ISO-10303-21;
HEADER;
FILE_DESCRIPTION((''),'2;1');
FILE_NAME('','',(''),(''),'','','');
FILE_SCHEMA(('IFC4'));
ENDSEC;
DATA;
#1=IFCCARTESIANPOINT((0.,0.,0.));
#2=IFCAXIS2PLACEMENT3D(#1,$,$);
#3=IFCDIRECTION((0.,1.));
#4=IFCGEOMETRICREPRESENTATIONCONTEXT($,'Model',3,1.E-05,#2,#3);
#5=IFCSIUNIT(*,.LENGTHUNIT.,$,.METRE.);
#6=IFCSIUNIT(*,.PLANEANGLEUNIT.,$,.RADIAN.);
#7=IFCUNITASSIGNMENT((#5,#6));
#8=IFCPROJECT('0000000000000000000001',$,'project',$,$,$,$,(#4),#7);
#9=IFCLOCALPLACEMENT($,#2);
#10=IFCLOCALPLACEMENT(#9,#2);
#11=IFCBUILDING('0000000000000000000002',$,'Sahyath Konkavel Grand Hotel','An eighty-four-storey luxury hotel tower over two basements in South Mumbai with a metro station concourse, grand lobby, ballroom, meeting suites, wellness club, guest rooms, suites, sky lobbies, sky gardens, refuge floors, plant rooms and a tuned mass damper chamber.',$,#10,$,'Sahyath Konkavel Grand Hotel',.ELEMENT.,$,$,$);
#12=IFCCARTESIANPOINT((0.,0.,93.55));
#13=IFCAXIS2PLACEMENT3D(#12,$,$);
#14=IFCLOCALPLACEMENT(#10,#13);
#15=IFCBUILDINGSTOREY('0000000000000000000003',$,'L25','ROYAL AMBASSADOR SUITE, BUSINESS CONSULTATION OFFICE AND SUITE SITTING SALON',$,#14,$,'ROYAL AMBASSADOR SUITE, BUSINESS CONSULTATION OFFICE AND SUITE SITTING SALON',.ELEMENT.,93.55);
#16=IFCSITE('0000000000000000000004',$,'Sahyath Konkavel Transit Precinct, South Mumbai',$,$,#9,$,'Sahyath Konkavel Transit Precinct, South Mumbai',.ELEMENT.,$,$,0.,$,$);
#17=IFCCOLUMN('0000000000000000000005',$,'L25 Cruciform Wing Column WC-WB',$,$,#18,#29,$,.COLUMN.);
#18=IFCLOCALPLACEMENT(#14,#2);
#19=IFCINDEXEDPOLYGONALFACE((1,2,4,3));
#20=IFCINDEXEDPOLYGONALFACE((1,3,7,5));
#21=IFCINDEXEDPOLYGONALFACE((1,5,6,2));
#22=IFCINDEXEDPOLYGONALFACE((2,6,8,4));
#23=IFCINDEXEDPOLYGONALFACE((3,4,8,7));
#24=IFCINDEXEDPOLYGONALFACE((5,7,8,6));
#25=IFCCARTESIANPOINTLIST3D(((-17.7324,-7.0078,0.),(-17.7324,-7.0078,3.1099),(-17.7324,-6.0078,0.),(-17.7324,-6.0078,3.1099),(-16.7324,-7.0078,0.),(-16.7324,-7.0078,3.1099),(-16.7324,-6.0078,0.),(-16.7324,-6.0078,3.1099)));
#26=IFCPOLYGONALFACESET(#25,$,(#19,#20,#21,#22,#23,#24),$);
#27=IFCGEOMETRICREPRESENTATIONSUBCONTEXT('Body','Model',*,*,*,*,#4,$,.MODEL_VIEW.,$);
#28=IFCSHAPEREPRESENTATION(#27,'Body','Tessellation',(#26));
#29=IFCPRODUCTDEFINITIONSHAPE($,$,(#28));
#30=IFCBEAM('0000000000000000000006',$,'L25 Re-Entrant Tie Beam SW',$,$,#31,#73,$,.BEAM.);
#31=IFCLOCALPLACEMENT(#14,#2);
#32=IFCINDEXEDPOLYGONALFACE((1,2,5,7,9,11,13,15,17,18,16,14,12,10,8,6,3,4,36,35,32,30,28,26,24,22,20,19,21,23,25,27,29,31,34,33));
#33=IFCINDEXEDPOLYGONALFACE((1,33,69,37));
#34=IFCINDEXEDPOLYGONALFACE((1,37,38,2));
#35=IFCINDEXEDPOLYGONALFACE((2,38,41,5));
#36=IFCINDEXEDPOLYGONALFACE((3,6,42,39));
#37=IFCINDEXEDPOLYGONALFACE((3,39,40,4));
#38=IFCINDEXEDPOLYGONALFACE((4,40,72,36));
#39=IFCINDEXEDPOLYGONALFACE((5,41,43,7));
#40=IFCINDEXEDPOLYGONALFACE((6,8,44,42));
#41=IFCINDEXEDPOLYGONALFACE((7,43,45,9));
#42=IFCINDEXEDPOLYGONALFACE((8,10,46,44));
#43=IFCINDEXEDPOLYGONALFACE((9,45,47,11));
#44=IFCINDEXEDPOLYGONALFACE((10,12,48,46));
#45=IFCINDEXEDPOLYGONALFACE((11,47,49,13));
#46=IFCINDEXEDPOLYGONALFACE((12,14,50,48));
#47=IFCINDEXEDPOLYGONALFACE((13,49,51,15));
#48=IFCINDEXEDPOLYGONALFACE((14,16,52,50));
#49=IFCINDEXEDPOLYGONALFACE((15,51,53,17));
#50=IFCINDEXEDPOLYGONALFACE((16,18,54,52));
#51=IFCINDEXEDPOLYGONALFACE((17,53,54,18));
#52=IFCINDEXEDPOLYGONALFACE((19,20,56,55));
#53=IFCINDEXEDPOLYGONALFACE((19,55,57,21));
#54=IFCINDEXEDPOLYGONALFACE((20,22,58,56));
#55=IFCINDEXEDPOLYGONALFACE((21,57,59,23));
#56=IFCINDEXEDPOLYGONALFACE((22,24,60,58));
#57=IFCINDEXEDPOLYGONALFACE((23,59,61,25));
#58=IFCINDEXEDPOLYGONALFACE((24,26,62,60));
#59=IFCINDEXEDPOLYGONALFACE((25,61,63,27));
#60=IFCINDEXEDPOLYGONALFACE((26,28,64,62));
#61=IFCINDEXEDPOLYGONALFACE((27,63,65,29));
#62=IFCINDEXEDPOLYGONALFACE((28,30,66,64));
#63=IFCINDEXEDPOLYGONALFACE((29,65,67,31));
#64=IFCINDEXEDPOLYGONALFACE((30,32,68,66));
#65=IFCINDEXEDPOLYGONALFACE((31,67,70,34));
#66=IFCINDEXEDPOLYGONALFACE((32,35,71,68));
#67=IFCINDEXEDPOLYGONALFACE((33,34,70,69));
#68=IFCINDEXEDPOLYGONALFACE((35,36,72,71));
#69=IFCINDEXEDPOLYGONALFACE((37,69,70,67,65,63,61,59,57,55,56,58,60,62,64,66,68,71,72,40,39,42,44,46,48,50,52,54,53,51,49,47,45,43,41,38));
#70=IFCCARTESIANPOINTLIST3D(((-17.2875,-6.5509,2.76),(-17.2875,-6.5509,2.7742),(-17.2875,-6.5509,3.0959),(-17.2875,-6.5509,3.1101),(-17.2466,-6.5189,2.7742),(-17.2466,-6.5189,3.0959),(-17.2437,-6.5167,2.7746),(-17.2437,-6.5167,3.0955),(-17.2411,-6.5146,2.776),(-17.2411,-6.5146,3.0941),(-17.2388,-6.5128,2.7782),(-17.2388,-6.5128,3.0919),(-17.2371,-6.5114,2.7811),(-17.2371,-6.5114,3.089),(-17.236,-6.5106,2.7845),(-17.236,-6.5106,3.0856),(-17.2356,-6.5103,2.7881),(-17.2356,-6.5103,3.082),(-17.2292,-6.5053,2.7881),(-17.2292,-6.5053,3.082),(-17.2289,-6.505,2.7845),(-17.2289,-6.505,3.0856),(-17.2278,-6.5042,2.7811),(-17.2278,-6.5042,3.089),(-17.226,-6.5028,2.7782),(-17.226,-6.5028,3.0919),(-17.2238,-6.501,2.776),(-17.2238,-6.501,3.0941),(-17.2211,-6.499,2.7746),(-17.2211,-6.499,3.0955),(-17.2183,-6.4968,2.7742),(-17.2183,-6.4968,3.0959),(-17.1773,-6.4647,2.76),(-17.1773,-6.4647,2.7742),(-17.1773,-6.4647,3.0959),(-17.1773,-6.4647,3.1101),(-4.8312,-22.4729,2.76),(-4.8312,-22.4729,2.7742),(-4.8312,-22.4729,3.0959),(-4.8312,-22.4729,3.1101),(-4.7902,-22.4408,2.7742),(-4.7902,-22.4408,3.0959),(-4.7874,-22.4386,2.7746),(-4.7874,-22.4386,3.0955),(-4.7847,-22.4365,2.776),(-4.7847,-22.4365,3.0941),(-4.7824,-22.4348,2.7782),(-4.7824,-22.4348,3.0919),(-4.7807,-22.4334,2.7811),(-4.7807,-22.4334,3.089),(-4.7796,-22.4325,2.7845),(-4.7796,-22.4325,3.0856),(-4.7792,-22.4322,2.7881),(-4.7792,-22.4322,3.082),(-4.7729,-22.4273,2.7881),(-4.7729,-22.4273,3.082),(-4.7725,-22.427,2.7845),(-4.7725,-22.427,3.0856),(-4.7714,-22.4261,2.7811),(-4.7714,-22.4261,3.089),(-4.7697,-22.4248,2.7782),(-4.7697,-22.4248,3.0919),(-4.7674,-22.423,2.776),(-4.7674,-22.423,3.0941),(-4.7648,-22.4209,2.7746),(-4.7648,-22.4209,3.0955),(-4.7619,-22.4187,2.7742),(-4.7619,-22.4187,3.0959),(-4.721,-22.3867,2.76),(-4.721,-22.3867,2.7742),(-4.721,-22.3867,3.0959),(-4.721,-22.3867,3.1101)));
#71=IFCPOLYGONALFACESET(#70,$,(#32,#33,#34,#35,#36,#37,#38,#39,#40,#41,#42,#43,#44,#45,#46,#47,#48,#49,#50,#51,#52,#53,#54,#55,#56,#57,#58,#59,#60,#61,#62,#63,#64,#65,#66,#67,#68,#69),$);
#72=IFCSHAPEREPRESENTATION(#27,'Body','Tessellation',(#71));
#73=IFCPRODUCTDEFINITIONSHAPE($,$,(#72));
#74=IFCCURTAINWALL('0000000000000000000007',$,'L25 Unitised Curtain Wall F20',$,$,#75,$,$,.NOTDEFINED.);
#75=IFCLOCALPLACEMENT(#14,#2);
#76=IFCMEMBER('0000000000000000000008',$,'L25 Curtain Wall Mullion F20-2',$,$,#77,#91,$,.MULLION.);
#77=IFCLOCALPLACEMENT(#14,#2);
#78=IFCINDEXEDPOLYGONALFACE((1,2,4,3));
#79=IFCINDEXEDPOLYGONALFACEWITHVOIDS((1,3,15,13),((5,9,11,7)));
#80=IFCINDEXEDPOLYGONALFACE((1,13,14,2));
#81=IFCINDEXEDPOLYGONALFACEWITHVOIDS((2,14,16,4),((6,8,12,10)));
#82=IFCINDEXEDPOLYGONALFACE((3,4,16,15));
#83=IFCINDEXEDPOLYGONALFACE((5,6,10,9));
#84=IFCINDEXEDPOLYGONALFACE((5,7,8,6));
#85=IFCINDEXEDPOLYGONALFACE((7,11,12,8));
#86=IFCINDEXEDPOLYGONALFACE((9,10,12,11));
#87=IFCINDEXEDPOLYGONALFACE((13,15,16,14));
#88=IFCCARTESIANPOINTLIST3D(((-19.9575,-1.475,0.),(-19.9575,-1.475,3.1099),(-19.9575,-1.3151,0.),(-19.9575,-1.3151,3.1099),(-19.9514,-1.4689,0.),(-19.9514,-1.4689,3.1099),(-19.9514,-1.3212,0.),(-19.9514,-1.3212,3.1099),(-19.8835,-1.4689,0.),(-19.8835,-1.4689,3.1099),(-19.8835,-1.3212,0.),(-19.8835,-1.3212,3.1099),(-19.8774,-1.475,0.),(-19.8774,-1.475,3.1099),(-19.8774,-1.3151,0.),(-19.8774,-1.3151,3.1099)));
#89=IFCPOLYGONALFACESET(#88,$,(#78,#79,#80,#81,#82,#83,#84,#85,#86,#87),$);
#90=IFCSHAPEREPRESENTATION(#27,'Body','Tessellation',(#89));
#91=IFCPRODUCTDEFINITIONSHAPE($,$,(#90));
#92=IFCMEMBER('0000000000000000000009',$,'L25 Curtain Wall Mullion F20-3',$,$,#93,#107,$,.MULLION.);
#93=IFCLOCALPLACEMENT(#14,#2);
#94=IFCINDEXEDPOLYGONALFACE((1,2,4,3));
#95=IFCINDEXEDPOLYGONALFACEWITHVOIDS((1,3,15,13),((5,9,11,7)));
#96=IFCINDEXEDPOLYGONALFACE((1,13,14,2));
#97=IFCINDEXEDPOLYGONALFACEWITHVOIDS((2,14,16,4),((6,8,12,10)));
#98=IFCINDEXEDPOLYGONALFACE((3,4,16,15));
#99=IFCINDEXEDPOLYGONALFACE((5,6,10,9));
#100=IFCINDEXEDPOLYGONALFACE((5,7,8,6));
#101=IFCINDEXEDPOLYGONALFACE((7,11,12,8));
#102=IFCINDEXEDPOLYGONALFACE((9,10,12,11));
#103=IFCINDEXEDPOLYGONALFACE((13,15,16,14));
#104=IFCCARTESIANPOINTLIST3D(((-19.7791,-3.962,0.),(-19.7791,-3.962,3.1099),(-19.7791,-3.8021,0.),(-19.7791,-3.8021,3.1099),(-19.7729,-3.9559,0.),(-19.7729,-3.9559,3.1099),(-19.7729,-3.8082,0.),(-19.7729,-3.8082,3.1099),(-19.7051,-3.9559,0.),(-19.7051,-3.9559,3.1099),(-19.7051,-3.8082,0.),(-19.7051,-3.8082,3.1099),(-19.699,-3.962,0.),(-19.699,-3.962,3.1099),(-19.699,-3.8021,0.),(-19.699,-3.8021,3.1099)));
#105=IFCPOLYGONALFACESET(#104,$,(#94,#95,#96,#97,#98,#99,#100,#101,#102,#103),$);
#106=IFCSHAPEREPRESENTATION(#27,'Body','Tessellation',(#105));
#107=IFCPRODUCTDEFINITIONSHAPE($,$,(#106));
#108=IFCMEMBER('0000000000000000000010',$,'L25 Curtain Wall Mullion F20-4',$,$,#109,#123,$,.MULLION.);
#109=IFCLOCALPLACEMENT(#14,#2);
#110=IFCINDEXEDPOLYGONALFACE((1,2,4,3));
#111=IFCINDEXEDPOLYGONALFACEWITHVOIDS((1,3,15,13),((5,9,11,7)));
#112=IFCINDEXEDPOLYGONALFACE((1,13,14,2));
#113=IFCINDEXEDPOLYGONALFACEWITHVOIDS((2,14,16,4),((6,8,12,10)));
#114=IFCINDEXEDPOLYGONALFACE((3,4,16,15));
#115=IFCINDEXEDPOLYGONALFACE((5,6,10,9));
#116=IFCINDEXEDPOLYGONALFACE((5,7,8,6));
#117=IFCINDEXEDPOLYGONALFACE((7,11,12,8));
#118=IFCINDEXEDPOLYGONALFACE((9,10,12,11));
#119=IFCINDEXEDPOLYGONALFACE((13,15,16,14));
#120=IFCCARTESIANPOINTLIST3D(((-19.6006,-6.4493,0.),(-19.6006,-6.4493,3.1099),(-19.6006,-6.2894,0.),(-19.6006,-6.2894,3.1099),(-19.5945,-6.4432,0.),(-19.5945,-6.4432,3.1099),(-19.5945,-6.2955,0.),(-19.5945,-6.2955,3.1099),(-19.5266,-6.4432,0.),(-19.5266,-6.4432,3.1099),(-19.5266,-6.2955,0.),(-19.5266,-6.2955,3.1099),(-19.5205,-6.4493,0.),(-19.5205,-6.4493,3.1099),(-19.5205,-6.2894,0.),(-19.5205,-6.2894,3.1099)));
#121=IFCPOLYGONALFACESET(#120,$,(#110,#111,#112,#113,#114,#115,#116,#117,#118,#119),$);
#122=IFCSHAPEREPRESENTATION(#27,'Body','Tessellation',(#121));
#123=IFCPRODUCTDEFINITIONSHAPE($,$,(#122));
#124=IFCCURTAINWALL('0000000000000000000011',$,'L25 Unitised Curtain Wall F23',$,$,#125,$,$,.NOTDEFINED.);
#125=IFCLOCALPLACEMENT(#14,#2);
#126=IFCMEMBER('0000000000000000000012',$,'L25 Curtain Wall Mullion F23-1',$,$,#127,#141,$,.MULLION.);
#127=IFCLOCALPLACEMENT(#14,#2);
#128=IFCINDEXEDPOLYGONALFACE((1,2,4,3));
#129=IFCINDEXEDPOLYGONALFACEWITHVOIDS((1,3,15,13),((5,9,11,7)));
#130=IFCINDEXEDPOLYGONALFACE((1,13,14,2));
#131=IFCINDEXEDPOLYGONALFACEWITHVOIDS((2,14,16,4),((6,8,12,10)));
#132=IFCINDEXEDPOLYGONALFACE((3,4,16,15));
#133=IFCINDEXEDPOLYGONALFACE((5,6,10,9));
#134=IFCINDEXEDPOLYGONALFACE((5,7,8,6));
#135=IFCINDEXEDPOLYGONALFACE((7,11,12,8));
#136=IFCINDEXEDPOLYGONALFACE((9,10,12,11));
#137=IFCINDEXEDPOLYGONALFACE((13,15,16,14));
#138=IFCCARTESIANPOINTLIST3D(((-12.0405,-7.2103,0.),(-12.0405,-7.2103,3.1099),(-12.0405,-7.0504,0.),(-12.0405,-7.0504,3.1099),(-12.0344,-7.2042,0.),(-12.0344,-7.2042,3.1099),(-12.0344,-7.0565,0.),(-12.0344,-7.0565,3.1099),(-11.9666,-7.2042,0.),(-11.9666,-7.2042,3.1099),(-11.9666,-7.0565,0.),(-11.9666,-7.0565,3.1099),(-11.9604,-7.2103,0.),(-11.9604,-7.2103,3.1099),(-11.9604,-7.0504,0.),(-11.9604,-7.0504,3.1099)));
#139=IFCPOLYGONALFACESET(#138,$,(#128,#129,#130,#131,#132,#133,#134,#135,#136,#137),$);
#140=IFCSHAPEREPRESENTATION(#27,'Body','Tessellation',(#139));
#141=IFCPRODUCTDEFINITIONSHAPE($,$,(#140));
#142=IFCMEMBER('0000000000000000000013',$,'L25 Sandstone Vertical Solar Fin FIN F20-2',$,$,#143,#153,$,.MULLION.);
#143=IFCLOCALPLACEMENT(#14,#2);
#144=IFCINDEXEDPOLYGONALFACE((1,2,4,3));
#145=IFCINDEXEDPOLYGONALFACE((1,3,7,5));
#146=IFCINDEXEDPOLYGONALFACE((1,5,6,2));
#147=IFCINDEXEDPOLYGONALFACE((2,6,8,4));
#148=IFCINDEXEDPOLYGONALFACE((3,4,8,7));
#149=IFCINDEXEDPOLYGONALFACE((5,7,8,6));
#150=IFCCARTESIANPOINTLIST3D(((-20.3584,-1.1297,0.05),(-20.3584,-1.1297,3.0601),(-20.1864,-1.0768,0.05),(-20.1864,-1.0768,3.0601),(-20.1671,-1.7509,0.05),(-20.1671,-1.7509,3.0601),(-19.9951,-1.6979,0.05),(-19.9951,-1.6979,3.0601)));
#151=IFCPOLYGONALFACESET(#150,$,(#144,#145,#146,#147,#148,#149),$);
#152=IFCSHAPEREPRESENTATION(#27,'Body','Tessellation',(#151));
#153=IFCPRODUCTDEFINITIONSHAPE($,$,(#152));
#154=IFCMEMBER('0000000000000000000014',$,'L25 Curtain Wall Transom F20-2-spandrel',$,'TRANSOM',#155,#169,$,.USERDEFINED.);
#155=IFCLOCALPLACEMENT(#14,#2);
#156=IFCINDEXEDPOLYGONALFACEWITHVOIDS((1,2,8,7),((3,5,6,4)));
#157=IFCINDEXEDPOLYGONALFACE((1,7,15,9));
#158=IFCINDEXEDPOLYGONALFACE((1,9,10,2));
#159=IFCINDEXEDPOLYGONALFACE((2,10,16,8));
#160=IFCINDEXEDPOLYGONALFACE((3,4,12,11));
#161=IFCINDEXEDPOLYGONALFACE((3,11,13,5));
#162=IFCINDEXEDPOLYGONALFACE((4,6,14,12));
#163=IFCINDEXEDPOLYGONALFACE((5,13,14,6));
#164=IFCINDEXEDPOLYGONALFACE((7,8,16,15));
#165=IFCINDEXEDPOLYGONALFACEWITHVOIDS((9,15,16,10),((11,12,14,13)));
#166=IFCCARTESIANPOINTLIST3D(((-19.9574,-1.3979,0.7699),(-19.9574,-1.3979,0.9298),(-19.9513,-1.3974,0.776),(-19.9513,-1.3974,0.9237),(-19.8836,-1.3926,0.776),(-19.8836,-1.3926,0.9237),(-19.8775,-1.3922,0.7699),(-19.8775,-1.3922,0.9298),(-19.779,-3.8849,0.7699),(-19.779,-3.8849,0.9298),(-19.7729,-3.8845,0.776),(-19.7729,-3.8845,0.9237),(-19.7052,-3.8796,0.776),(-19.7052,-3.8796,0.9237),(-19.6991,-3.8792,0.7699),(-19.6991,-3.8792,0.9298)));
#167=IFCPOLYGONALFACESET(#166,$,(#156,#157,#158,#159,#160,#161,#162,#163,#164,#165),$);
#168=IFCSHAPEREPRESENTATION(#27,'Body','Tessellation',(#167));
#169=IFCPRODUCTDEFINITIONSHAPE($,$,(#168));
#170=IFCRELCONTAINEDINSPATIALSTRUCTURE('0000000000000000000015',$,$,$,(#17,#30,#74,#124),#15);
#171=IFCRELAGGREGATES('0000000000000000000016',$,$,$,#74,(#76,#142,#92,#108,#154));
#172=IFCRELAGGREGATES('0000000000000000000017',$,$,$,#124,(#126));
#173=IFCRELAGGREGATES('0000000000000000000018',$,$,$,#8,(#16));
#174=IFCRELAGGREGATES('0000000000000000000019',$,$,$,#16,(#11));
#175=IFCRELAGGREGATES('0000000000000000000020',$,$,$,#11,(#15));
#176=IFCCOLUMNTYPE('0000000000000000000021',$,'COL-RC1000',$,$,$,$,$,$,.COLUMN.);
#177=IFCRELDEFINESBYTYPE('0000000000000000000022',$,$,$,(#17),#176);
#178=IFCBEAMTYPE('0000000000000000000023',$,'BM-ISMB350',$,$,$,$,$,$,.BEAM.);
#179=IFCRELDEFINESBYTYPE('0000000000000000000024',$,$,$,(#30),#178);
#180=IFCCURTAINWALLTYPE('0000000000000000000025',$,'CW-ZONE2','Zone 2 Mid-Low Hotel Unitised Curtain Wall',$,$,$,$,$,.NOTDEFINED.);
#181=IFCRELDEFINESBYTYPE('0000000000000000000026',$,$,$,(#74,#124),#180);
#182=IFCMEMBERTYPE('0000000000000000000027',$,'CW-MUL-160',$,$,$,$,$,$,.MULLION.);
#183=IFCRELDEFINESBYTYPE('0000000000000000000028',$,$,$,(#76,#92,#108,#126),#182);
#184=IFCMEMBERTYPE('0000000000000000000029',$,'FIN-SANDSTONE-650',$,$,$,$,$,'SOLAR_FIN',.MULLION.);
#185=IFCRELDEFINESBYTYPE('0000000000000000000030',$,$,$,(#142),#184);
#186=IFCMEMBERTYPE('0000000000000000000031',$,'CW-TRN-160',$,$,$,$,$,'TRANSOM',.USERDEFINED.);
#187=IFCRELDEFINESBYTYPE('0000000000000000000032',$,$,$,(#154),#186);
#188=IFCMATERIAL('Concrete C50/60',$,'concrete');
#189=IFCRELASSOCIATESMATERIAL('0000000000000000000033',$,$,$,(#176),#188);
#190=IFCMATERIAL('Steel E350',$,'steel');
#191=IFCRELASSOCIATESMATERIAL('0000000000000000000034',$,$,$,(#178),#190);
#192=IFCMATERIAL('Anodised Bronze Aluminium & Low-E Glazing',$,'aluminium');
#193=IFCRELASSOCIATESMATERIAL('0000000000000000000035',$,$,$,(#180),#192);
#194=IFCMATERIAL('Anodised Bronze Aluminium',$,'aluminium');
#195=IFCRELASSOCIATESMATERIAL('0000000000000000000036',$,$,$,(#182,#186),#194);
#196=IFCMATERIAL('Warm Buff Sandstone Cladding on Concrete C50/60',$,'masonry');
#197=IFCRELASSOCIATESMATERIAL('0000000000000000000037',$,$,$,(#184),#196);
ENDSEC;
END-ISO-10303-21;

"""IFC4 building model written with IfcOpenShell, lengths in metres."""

from ifc_helpers import new_model, si_unit, direction, frame, origin, origin_2d, place, context, subcontext, project, spatial, rectangle, hollow_rectangle, i_section, extrude, source, transform, mapped, material, material_profile, profile_set, type_object, element, aggregate, save


model = new_model("IFC4")

# Units and contexts
model_context = context("Model", 3, precision=1e-05, world=origin(), true_north=direction((0.0, 1.0)))
body_context = subcontext(model_context, "Body", "Model", "MODEL_VIEW")
ifc_project = project(units=[si_unit("LENGTHUNIT", "METRE"), si_unit("PLANEANGLEUNIT", "RADIAN")], contexts=[model_context])

# Site, building, storey
site_placement = place(None, origin())
site = spatial("IfcSite", under=ifc_project, at=site_placement, Name="Sahyath Konkavel Transit Precinct, South Mumbai", LongName="Sahyath Konkavel Transit Precinct, South Mumbai", CompositionType="ELEMENT", RefElevation=0.0)
building_placement = place(site_placement, origin())
building = spatial("IfcBuilding", under=site, at=building_placement, Name="Sahyath Konkavel Grand Hotel", Description="An eighty-four-storey luxury hotel tower over two basements in South Mumbai with a metro station concourse, grand lobby, ballroom, meeting suites, wellness club, guest rooms, suites, sky lobbies, sky gardens, refuge floors, plant rooms and a tuned mass damper chamber.", LongName="Sahyath Konkavel Grand Hotel", CompositionType="ELEMENT")
storey_placement = place(building_placement, frame((0.0, 0.0, 93.55)))
storey = spatial("IfcBuildingStorey", under=building, at=storey_placement, Name="L25", Description="ROYAL AMBASSADOR SUITE, BUSINESS CONSULTATION OFFICE AND SUITE SITTING SALON", LongName="ROYAL AMBASSADOR SUITE, BUSINESS CONSULTATION OFFICE AND SUITE SITTING SALON", CompositionType="ELEMENT", Elevation=93.55)

# Column
ifc_material_1 = material(Name="Concrete C50/60", Category="concrete")
ifc_material_profile_1 = material_profile(ifc_material_1, rectangle(XDim=1.0, YDim=1.0, at=origin_2d()), Name="RC 1000x1000")
ifc_profile_set_1 = profile_set([ifc_material_profile_1], Name="Concrete C50/60")
column_type = type_object("IfcColumnType", Name="COL-RC1000", PredefinedType="COLUMN", material=ifc_profile_set_1)
shared_shape_1 = source(origin(), body_context, "Body", "SweptSolid", [
    extrude(rectangle(XDim=1.0, YDim=1.0, at=origin_2d()), origin(), (0.0, 0.0, 1.0), 3.1099),
])
column_placement = place(storey_placement, frame((-17.2324, -6.5078, 0.0), z_axis=(0.0, 0.0, 1.0), x_axis=(1.0, 0.0, 0.0)))
element("IfcColumn", 1, at=column_placement, inside=storey, type_object=column_type, Name="L25 Cruciform Wing Column WC-WB", PredefinedType="COLUMN", context=body_context, shape_type="MappedRepresentation", body=[
    mapped(shared_shape_1, transform((0.0, 0.0, 0.0), scale=1.0)),
])

# Beam
ifc_material_2 = material(Name="Steel E350", Category="steel")
ifc_material_profile_2 = material_profile(ifc_material_2, i_section(OverallWidth=0.1399, OverallDepth=0.3501, WebThickness=0.0081, FlangeThickness=0.0142, FilletRadius=0.0139, at=origin_2d()), Name="ISMB 350")
ifc_profile_set_2 = profile_set([ifc_material_profile_2], Name="Steel E350")
beam_type_1 = type_object("IfcBeamType", Name="BM-ISMB350", PredefinedType="BEAM", material=ifc_profile_set_2)
shared_shape_2 = source(origin(), body_context, "Body", "SweptSolid", [
    extrude(i_section(OverallWidth=0.1399, OverallDepth=0.3501, WebThickness=0.0081, FlangeThickness=0.0142, FilletRadius=0.0139, at=origin_2d()), origin(), (0.0, 0.0, 1.0), 20.2156),
])
beam_1_placement = place(storey_placement, frame((-17.2324, -6.5078, 2.9351), z_axis=(0.616176, -0.787608, 0.0), x_axis=(0.787608, 0.616176, 0.0)))
element("IfcBeam", 2, at=beam_1_placement, inside=storey, type_object=beam_type_1, Name="L25 Re-Entrant Tie Beam SW", PredefinedType="BEAM", context=body_context, shape_type="MappedRepresentation", body=[
    mapped(shared_shape_2, transform((0.0, 0.0, 0.0), scale=1.0)),
])

# Curtain wall, members
ifc_material_3 = material(Name="Anodised Bronze Aluminium & Low-E Glazing", Category="aluminium")
curtain_wall_type = type_object("IfcCurtainWallType", Name="CW-ZONE2", Description="Zone 2 Mid-Low Hotel Unitised Curtain Wall", PredefinedType="NOTDEFINED", material=ifc_material_3)
curtain_wall_1_placement = place(storey_placement, origin())
curtain_wall_1 = element("IfcCurtainWall", 3, at=curtain_wall_1_placement, inside=storey, type_object=curtain_wall_type, Name="L25 Unitised Curtain Wall F20", PredefinedType="NOTDEFINED")
ifc_material_4 = material(Name="Anodised Bronze Aluminium", Category="aluminium")
ifc_material_profile_3 = material_profile(ifc_material_4, hollow_rectangle(XDim=0.0801, YDim=0.1599, WallThickness=0.0061, at=origin_2d()), Name="RHS 160x80x6")
ifc_profile_set_3 = profile_set([ifc_material_profile_3], Name="Anodised Bronze Aluminium")
member_type_1 = type_object("IfcMemberType", Name="CW-MUL-160", PredefinedType="MULLION", material=ifc_profile_set_3)
shared_shape_3 = source(origin(), body_context, "Body", "SweptSolid", [
    extrude(hollow_rectangle(XDim=0.0801, YDim=0.1599, WallThickness=0.0061, at=origin_2d()), origin(), (0.0, 0.0, 1.0), 3.1099),
])
member_1_placement = place(storey_placement, frame((-19.9175, -1.395, 0.0), z_axis=(0.0, 0.0, 1.0), x_axis=(1.0, 0.0, 0.0)))
member_1 = element("IfcMember", 4, at=member_1_placement, type_object=member_type_1, Name="L25 Curtain Wall Mullion F20-2", PredefinedType="MULLION", context=body_context, shape_type="MappedRepresentation", body=[
    mapped(shared_shape_3, transform((0.0, 0.0, 0.0), scale=1.0)),
])
member_2_placement = place(storey_placement, frame((-19.739, -3.8821, 0.0), z_axis=(0.0, 0.0, 1.0), x_axis=(1.0, 0.0, 0.0)))
member_2 = element("IfcMember", 5, at=member_2_placement, type_object=member_type_1, Name="L25 Curtain Wall Mullion F20-3", PredefinedType="MULLION", context=body_context, shape_type="MappedRepresentation", body=[
    mapped(shared_shape_3, transform((0.0, 0.0, 0.0), scale=1.0)),
])
member_3_placement = place(storey_placement, frame((-19.5605, -6.3694, 0.0), z_axis=(0.0, 0.0, 1.0), x_axis=(1.0, 0.0, 0.0)))
member_3 = element("IfcMember", 6, at=member_3_placement, type_object=member_type_1, Name="L25 Curtain Wall Mullion F20-4", PredefinedType="MULLION", context=body_context, shape_type="MappedRepresentation", body=[
    mapped(shared_shape_3, transform((0.0, 0.0, 0.0), scale=1.0)),
])

# Curtain wall, member
curtain_wall_2_placement = place(storey_placement, origin())
curtain_wall_2 = element("IfcCurtainWall", 7, at=curtain_wall_2_placement, inside=storey, type_object=curtain_wall_type, Name="L25 Unitised Curtain Wall F23", PredefinedType="NOTDEFINED")
member_4_placement = place(storey_placement, frame((-12.0005, -7.1304, 0.0), z_axis=(0.0, 0.0, 1.0), x_axis=(1.0, 0.0, 0.0)))
member_4 = element("IfcMember", 8, at=member_4_placement, type_object=member_type_1, Name="L25 Curtain Wall Mullion F23-1", PredefinedType="MULLION", context=body_context, shape_type="MappedRepresentation", body=[
    mapped(shared_shape_3, transform((0.0, 0.0, 0.0), scale=1.0)),
])

# Members
ifc_material_5 = material(Name="Warm Buff Sandstone Cladding on Concrete C50/60", Category="masonry")
ifc_material_profile_4 = material_profile(ifc_material_5, rectangle(XDim=0.1799, YDim=0.6499, at=origin_2d()), Name="FIN 180x650")
ifc_profile_set_4 = profile_set([ifc_material_profile_4], Name="Warm Buff Sandstone Cladding on Concrete C50/60")
member_type_2 = type_object("IfcMemberType", Name="FIN-SANDSTONE-650", ElementType="SOLAR_FIN", PredefinedType="MULLION", material=ifc_profile_set_4)
shared_shape_4 = source(origin(), body_context, "Body", "SweptSolid", [
    extrude(rectangle(XDim=0.1799, YDim=0.6499, at=origin_2d()), origin(), (0.0, 0.0, 1.0), 3.01),
])
member_5_placement = place(storey_placement, frame((-20.1768, -1.4138, 0.05), z_axis=(0.0, 0.0, 1.0), x_axis=(0.95569, 0.294374, 0.0)))
member_5 = element("IfcMember", 9, at=member_5_placement, type_object=member_type_2, Name="L25 Sandstone Vertical Solar Fin FIN F20-2", PredefinedType="MULLION", context=body_context, shape_type="MappedRepresentation", body=[
    mapped(shared_shape_4, transform((0.0, 0.0, 0.0), scale=1.0)),
])
ifc_material_profile_5 = material_profile(ifc_material_4, hollow_rectangle(XDim=0.0801, YDim=0.1599, WallThickness=0.0061, at=origin_2d()), Name="RHS 160x80x6")
ifc_profile_set_5 = profile_set([ifc_material_profile_5], Name="Anodised Bronze Aluminium")
member_type_3 = type_object("IfcMemberType", Name="CW-TRN-160", ElementType="TRANSOM", PredefinedType="USERDEFINED", material=ifc_profile_set_5)
shared_shape_5 = source(origin(), body_context, "Body", "SweptSolid", [
    extrude(hollow_rectangle(XDim=0.0801, YDim=0.1599, WallThickness=0.0061, at=origin_2d()), origin(), (0.0, 0.0, 1.0), 2.4934),
])
member_6_placement = place(storey_placement, frame((-19.9175, -1.395, 0.8499), z_axis=(0.071574, -0.997435, 0.0), x_axis=(0.997435, 0.071574, 0.0)))
member_6 = element("IfcMember", 10, at=member_6_placement, type_object=member_type_3, Name="L25 Curtain Wall Transom F20-2-spandrel", ObjectType="TRANSOM", PredefinedType="USERDEFINED", context=body_context, shape_type="MappedRepresentation", body=[
    mapped(shared_shape_5, transform((0.0, 0.0, 0.0), scale=1.0)),
])

aggregate(curtain_wall_1, [member_1, member_5, member_2, member_3, member_6])
aggregate(curtain_wall_2, [member_4])

save(model, "model.ifc")
